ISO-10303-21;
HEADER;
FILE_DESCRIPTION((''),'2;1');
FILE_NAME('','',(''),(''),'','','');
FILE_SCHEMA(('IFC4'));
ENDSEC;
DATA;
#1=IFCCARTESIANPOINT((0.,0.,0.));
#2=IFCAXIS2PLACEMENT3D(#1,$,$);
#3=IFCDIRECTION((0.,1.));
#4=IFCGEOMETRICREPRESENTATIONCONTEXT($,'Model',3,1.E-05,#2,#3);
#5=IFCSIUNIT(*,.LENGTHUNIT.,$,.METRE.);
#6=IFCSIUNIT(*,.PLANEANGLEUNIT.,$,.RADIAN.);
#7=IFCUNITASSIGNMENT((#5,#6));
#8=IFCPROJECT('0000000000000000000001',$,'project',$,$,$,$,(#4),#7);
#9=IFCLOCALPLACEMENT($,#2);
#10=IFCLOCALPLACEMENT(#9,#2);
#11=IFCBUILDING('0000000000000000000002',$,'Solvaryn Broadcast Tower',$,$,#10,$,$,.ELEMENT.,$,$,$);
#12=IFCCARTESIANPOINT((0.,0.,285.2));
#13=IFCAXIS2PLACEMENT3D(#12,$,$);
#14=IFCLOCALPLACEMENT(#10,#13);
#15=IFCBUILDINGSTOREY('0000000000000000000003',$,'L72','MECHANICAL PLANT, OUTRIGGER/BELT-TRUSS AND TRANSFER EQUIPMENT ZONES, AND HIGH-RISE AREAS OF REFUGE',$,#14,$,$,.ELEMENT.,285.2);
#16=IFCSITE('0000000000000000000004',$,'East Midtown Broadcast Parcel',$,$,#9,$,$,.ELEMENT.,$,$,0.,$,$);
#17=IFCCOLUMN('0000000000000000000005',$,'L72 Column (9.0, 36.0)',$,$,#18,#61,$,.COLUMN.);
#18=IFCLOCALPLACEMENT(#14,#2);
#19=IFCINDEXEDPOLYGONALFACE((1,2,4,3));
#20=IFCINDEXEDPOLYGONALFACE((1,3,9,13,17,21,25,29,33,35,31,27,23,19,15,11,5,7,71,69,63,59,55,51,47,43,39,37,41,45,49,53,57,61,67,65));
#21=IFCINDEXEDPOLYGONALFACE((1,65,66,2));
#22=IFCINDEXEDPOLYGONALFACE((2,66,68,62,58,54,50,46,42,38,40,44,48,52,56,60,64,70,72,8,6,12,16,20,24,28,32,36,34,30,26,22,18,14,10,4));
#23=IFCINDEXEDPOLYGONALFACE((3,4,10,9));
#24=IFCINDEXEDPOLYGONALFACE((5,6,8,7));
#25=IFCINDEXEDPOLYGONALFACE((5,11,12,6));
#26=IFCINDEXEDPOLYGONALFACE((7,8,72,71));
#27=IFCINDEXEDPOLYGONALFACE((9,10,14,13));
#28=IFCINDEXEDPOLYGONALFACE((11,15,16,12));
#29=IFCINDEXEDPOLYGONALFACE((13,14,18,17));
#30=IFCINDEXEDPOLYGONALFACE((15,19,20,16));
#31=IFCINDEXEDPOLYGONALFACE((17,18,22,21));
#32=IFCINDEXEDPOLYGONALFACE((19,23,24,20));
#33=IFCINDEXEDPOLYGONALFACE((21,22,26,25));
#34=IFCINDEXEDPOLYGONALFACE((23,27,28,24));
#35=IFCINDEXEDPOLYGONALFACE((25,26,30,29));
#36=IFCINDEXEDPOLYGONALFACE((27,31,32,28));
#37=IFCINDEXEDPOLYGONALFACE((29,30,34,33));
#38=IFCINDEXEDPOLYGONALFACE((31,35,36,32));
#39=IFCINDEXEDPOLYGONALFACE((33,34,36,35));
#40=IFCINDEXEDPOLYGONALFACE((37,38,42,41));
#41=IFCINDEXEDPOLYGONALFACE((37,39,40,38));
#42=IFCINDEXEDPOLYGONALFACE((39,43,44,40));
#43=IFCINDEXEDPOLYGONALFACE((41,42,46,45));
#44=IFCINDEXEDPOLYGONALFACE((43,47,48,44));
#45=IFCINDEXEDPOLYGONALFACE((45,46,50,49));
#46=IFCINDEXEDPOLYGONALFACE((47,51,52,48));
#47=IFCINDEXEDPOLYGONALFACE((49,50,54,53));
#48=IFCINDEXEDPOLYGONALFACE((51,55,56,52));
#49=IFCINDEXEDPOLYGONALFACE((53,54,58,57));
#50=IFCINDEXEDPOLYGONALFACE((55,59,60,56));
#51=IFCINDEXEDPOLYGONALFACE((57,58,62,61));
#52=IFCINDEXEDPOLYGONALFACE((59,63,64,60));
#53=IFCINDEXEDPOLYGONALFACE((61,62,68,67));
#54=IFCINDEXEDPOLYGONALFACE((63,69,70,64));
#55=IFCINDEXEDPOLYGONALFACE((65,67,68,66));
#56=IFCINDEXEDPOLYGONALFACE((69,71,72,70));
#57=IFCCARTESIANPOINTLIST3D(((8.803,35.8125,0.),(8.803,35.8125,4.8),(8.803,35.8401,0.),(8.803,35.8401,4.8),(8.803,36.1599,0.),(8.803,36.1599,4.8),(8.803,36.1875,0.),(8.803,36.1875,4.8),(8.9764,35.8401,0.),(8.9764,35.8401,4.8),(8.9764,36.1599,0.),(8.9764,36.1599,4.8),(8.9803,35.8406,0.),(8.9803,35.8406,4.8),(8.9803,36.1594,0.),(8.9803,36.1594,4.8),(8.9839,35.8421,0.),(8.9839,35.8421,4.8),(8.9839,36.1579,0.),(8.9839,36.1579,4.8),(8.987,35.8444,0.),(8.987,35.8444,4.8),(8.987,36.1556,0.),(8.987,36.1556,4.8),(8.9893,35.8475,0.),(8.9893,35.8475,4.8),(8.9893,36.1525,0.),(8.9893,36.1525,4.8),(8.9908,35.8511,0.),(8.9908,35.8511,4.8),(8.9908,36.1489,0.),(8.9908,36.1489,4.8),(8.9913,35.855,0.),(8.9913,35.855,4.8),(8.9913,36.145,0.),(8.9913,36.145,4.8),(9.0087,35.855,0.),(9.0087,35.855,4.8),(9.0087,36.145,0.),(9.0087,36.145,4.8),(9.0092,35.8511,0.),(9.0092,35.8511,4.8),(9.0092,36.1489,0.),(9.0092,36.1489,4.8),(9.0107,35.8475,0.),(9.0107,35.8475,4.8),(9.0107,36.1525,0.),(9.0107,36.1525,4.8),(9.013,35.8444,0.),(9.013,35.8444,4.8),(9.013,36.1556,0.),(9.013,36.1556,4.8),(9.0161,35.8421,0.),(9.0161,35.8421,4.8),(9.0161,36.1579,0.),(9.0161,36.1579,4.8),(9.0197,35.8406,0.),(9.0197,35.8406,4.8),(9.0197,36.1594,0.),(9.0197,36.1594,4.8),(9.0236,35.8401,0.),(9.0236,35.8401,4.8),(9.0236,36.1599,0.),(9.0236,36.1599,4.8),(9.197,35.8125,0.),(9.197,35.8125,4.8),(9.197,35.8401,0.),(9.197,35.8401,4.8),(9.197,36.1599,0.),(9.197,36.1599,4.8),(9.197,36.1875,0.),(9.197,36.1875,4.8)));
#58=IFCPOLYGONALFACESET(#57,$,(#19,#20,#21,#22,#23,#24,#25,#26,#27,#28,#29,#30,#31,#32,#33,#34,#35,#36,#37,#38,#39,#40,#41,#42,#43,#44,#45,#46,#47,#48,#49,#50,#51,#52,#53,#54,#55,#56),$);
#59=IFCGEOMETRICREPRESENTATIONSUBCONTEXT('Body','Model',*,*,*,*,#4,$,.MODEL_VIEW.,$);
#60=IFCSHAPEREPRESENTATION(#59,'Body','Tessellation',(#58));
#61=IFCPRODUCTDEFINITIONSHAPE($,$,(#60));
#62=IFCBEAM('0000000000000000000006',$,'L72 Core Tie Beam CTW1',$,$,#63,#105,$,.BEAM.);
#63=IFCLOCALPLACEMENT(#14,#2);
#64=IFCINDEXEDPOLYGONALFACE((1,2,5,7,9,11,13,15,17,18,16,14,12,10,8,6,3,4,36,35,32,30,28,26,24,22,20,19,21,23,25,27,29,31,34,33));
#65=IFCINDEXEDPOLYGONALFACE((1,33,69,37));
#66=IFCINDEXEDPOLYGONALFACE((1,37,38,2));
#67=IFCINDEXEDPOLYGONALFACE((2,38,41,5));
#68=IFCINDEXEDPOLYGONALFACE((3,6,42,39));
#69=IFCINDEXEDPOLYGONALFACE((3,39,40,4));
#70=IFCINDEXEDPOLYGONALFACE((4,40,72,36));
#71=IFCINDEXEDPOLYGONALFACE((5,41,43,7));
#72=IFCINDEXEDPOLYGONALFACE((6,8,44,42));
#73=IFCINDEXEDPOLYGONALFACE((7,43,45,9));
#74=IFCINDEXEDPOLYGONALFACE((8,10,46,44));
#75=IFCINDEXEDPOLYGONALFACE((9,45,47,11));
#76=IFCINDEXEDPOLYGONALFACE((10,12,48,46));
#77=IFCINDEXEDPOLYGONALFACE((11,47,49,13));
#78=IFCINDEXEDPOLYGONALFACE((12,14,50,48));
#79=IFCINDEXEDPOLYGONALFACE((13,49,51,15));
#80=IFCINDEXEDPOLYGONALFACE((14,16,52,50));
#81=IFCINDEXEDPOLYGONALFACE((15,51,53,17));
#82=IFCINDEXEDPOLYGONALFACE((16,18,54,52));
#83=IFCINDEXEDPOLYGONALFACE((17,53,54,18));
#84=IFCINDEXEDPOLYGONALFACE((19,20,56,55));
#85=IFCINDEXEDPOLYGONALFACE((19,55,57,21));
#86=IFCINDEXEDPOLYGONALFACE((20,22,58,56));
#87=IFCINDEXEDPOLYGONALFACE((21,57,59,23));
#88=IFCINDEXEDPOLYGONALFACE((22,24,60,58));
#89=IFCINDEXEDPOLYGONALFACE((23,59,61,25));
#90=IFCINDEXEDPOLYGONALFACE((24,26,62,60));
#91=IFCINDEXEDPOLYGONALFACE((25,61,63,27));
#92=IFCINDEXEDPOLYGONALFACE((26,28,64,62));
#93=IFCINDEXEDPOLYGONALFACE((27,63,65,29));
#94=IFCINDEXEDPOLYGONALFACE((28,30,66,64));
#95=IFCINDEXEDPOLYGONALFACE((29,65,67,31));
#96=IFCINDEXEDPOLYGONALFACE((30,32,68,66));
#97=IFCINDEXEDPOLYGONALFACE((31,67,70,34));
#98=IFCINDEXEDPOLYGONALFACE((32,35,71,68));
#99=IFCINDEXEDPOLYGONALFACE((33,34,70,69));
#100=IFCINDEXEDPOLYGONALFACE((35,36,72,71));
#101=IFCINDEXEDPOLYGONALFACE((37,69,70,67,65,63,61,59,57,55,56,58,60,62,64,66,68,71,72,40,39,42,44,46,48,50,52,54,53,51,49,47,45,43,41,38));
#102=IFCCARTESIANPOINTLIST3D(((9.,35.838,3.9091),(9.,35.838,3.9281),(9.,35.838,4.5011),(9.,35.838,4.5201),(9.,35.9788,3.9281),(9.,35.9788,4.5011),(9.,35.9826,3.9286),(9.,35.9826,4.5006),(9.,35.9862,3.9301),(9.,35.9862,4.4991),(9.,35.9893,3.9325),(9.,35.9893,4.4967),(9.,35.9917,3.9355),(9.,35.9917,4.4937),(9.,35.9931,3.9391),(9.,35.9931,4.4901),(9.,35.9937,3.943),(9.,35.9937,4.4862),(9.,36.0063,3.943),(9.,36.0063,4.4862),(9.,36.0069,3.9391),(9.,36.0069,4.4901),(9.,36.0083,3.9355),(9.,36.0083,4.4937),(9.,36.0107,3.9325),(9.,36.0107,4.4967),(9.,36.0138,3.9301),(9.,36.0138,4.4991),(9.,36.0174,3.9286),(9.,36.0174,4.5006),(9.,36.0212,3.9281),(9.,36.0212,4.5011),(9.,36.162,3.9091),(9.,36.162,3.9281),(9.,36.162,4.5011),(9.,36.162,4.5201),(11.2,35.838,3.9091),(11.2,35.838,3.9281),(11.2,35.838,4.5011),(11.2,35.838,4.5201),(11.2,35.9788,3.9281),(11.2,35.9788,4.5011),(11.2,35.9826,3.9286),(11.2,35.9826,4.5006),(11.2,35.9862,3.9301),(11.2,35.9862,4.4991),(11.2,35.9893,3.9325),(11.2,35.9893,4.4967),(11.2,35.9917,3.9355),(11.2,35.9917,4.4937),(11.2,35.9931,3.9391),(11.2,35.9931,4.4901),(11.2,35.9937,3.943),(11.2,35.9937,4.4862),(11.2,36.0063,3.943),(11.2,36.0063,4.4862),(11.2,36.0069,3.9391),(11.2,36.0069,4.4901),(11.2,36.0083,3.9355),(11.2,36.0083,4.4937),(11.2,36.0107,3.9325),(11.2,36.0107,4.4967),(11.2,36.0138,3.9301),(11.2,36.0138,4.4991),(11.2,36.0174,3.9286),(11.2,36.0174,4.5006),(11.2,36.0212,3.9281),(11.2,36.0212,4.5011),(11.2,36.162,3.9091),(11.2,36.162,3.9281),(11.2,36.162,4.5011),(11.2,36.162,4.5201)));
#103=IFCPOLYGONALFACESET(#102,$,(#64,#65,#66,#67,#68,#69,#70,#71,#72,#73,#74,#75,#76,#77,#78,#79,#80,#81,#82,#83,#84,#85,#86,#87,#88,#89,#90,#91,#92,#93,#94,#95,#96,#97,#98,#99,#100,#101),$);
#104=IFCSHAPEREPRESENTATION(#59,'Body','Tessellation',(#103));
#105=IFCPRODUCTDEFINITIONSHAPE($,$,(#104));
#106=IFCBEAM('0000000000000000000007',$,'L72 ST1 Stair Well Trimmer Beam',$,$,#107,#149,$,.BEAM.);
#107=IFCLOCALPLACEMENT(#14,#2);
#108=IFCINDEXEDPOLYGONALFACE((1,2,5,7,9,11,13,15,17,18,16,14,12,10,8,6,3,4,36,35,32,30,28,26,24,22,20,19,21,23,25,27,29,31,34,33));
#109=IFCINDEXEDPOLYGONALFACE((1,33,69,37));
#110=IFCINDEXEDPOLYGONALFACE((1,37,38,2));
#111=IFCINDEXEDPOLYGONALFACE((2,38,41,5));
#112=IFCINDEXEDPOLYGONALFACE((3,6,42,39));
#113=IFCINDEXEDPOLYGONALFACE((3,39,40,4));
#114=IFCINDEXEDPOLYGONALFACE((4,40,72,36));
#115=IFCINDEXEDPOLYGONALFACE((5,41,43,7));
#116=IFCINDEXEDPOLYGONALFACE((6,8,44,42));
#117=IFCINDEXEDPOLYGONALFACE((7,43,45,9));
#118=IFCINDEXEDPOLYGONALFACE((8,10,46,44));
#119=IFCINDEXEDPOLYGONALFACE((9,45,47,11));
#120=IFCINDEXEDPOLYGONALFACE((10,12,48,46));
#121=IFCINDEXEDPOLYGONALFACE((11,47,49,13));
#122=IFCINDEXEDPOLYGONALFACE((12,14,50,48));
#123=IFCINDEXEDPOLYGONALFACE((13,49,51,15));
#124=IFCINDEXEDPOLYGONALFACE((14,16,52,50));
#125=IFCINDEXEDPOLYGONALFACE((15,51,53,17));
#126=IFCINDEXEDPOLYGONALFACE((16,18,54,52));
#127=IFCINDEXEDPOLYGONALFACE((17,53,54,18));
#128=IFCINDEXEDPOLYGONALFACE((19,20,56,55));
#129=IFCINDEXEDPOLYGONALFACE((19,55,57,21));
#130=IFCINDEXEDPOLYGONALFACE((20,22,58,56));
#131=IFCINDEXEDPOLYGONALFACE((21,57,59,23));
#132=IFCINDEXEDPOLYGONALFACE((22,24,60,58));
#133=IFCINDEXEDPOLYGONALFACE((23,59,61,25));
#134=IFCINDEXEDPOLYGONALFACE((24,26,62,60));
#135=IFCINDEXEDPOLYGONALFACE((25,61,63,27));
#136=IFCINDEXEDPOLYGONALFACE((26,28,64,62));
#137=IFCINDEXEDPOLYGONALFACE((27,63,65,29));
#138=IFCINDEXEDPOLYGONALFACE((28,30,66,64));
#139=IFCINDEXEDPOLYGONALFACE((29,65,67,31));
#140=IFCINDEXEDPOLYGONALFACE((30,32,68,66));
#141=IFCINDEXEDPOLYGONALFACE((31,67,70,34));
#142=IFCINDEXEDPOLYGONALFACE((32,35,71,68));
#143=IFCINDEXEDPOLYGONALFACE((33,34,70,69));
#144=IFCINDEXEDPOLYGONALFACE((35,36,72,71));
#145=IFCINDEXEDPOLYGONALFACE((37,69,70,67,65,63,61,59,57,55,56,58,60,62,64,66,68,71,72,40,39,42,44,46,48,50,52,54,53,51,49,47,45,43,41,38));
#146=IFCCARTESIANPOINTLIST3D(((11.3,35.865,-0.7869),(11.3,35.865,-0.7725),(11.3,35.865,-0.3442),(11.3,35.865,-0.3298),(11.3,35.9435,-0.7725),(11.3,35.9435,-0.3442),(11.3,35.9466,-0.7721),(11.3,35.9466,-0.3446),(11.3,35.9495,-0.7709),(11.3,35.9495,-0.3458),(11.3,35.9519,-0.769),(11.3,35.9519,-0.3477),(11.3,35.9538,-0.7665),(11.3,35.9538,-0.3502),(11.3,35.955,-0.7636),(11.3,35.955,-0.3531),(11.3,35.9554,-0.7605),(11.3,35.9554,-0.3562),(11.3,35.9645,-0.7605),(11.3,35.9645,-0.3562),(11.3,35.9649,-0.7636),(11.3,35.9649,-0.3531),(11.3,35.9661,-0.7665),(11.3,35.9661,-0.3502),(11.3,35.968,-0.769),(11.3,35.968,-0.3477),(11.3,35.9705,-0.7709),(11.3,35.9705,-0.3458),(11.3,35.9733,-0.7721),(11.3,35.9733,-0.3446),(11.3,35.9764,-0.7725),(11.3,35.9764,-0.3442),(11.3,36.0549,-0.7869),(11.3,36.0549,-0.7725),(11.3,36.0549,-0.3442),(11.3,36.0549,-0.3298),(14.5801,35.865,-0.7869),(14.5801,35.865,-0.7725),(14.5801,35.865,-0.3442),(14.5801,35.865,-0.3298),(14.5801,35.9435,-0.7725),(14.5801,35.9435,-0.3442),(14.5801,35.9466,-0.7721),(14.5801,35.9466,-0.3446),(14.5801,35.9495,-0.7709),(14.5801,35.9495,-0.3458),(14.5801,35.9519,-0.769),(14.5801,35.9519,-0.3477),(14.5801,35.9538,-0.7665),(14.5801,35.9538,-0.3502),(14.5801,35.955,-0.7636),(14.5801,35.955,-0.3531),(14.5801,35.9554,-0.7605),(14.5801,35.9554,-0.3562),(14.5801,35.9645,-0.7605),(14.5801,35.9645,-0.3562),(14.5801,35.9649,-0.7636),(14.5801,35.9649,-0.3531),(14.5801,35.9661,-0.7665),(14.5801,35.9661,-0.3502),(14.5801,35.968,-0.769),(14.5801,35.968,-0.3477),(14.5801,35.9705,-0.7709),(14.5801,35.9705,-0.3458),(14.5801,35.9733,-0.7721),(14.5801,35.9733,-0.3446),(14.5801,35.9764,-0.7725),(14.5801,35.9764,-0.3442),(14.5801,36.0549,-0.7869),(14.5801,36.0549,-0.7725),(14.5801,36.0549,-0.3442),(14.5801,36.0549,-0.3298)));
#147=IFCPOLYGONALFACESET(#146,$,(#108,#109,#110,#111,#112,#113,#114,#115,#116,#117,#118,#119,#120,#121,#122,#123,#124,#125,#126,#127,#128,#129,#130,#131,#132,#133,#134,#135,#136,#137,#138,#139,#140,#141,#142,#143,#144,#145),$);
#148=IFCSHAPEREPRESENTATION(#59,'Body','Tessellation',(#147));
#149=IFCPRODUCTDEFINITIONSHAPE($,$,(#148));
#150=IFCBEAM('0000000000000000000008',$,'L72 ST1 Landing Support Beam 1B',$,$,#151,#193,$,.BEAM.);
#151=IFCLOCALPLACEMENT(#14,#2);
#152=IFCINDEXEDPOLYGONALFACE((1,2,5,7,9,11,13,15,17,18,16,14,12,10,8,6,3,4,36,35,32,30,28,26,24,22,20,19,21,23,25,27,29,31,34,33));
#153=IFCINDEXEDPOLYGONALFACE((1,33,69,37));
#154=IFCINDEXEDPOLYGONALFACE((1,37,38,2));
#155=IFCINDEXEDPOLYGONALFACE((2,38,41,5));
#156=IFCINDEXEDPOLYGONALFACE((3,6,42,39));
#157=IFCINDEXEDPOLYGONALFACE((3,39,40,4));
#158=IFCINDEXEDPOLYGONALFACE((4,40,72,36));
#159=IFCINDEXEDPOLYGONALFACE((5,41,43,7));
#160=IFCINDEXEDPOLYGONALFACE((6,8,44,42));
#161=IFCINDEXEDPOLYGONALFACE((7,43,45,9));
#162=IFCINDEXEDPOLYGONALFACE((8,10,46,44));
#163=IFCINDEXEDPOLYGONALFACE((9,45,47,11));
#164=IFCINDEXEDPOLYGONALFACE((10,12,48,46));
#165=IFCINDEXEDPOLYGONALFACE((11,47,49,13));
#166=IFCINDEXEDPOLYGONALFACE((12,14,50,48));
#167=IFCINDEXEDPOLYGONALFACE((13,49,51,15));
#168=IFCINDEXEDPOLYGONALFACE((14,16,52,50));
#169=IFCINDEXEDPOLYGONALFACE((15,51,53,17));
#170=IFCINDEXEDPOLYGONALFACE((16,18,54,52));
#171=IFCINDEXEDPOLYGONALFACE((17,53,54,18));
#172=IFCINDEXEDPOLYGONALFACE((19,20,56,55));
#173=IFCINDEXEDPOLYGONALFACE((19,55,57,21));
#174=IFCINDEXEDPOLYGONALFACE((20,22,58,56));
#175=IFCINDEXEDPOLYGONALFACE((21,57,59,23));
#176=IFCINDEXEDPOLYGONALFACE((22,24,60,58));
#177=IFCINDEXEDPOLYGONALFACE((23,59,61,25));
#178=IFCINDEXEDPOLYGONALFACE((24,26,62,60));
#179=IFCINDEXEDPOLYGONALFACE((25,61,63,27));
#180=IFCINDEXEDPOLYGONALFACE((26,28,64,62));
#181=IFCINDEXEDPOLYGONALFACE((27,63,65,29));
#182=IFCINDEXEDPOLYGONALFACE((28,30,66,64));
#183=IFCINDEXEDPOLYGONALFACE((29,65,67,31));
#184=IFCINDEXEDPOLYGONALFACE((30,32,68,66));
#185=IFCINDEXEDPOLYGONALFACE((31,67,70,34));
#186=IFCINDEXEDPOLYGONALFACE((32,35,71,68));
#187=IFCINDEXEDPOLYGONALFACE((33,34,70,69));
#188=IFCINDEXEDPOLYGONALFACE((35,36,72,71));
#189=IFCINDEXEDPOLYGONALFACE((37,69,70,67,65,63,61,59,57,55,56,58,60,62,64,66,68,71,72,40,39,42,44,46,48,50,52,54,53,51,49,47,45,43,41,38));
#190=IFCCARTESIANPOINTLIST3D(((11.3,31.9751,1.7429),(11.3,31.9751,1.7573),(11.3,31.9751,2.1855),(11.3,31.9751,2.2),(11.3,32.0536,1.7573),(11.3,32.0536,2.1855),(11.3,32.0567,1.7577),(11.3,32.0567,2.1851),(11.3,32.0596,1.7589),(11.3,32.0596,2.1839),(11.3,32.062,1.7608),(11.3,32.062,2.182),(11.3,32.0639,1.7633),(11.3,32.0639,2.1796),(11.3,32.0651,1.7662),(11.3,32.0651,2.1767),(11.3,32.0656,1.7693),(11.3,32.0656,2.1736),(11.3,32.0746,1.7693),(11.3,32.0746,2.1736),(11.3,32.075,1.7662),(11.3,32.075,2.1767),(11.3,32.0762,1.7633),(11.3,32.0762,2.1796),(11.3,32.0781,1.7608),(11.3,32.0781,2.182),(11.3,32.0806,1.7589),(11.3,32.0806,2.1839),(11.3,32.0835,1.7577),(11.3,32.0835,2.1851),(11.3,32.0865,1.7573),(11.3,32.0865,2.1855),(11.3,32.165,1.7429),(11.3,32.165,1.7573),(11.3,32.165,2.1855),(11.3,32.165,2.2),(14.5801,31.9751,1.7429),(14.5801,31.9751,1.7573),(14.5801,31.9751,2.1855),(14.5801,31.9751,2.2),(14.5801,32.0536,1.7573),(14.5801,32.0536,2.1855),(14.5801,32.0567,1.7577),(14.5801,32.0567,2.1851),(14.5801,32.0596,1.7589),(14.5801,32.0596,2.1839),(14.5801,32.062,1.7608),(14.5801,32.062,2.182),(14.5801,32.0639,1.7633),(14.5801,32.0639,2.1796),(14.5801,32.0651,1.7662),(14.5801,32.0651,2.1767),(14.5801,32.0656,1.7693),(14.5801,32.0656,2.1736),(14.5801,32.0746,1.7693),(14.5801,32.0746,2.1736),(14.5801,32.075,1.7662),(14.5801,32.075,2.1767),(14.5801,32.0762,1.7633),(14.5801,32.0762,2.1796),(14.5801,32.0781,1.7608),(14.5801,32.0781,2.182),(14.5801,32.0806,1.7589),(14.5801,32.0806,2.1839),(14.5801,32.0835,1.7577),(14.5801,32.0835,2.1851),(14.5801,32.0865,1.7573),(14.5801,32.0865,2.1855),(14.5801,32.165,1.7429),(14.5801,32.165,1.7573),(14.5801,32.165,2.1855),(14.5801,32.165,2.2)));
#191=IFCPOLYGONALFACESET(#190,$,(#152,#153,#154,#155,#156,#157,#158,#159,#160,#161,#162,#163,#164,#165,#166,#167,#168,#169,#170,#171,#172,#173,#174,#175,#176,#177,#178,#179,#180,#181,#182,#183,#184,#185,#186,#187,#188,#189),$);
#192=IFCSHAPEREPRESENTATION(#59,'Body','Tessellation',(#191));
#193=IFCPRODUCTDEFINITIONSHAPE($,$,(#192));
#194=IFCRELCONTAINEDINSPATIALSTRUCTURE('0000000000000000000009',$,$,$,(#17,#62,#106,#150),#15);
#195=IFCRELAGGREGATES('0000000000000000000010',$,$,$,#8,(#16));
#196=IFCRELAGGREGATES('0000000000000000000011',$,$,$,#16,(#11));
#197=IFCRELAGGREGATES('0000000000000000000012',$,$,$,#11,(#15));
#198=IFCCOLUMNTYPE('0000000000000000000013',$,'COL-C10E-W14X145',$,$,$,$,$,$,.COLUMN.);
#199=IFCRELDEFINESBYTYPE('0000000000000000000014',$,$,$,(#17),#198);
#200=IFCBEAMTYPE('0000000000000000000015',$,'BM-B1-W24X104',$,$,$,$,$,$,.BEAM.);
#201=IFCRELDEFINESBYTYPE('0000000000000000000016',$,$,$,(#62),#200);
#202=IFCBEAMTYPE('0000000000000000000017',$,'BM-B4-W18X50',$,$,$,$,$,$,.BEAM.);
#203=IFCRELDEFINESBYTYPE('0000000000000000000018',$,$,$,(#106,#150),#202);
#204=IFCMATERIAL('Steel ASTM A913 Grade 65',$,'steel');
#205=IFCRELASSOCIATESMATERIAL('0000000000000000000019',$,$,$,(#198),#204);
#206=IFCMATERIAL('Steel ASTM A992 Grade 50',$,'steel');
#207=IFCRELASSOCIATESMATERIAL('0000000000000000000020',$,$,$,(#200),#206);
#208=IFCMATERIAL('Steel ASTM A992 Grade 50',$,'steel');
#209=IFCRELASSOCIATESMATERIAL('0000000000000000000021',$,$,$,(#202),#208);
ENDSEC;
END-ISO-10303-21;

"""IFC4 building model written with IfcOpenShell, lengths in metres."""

from ifc_helpers import new_model, si_unit, direction, frame, origin, origin_2d, place, context, subcontext, project, spatial, i_section, extrude, material, material_profile, profile_set, type_object, element, save


model = new_model("IFC4")

# Units and contexts
model_context = context("Model", 3, precision=1e-05, world=origin(), true_north=direction((0.0, 1.0)))
body_context = subcontext(model_context, "Body", "Model", "MODEL_VIEW")
ifc_project = project(units=[si_unit("LENGTHUNIT", "METRE"), si_unit("PLANEANGLEUNIT", "RADIAN")], contexts=[model_context])

# Site, building, storey
site_placement = place(None, origin())
site = spatial("IfcSite", under=ifc_project, at=site_placement, Name="East Midtown Broadcast Parcel", CompositionType="ELEMENT", RefElevation=0.0)
building_placement = place(site_placement, origin())
building = spatial("IfcBuilding", under=site, at=building_placement, Name="Solvaryn Broadcast Tower", CompositionType="ELEMENT")
storey_placement = place(building_placement, frame((0.0, 0.0, 285.2)))
storey = spatial("IfcBuildingStorey", under=building, at=storey_placement, Name="L72", Description="MECHANICAL PLANT, OUTRIGGER/BELT-TRUSS AND TRANSFER EQUIPMENT ZONES, AND HIGH-RISE AREAS OF REFUGE", CompositionType="ELEMENT", Elevation=285.2)

# Column
ifc_material_1 = material(Name="Steel ASTM A913 Grade 65", Category="steel")
ifc_material_profile_1 = material_profile(ifc_material_1, i_section(OverallWidth=0.394, OverallDepth=0.375, WebThickness=0.0173, FlangeThickness=0.0276, FilletRadius=0.0149, at=origin_2d()))
ifc_profile_set_1 = profile_set([ifc_material_profile_1], Name="Steel ASTM A913 Grade 65")
column_type = type_object("IfcColumnType", Name="COL-C10E-W14X145", PredefinedType="COLUMN", material=ifc_profile_set_1)
column_placement = place(storey_placement, frame((9.0, 36.0, 0.0), z_axis=(0.0, 0.0, 1.0), x_axis=(1.0, 0.0, 0.0)))
element("IfcColumn", 1, at=column_placement, inside=storey, type_object=column_type, Name="L72 Column (9.0, 36.0)", PredefinedType="COLUMN", context=body_context, shape_type="SweptSolid", body=[
    extrude(i_section(OverallWidth=0.394, OverallDepth=0.375, WebThickness=0.0173, FlangeThickness=0.0276, FilletRadius=0.0149, at=origin_2d()), origin(), (0.0, 0.0, 1.0), 4.8),
])

# Beams
ifc_material_2 = material(Name="Steel ASTM A992 Grade 50", Category="steel")
ifc_material_profile_2 = material_profile(ifc_material_2, i_section(OverallWidth=0.324, OverallDepth=0.6111, WebThickness=0.0127, FlangeThickness=0.019, FilletRadius=0.0149, at=origin_2d()))
ifc_profile_set_2 = profile_set([ifc_material_profile_2], Name="Steel ASTM A992 Grade 50")
beam_type_1 = type_object("IfcBeamType", Name="BM-B1-W24X104", PredefinedType="BEAM", material=ifc_profile_set_2)
beam_placement = place(storey_placement, frame((9.0, 36.0, 4.2146), z_axis=(1.0, 0.0, 0.0), x_axis=(0.0, 1.0, 0.0)))
element("IfcBeam", 2, at=beam_placement, inside=storey, type_object=beam_type_1, Name="L72 Core Tie Beam CTW1", PredefinedType="BEAM", context=body_context, shape_type="SweptSolid", body=[
    extrude(i_section(OverallWidth=0.324, OverallDepth=0.6111, WebThickness=0.0127, FlangeThickness=0.019, FilletRadius=0.0149, at=origin_2d()), origin(), (0.0, 0.0, 1.0), 2.2),
])
ifc_material_3 = material(Name="Steel ASTM A992 Grade 50", Category="steel")
ifc_material_profile_3 = material_profile(ifc_material_3, i_section(OverallWidth=0.1899, OverallDepth=0.457, WebThickness=0.009, FlangeThickness=0.0144, FilletRadius=0.012, at=origin_2d()))
ifc_profile_set_3 = profile_set([ifc_material_profile_3], Name="Steel ASTM A992 Grade 50")
beam_type_2 = type_object("IfcBeamType", Name="BM-B4-W18X50", PredefinedType="BEAM", material=ifc_profile_set_3)
for number, where, z_axis, x_axis, name in (
    (3, (11.3, 35.96, -0.5583), (1.0, 0.0, 0.0), (0.0, 1.0, 0.0), "L72 ST1 Stair Well Trimmer Beam"),
    (4, (11.3, 32.0701, 1.9714), (1.0, 0.0, 0.0), (0.0, 1.0, 0.0), "L72 ST1 Landing Support Beam 1B"),
):
    element("IfcBeam", number, at=place(storey_placement, frame(where, z_axis=z_axis, x_axis=x_axis)), inside=storey, type_object=beam_type_2, Name=name, PredefinedType="BEAM", context=body_context, shape_type="SweptSolid", body=[
        extrude(i_section(OverallWidth=0.1899, OverallDepth=0.457, WebThickness=0.009, FlangeThickness=0.0144, FilletRadius=0.012, at=origin_2d()), origin(), (0.0, 0.0, 1.0), 3.28),
    ])

save(model, "model.ifc")
